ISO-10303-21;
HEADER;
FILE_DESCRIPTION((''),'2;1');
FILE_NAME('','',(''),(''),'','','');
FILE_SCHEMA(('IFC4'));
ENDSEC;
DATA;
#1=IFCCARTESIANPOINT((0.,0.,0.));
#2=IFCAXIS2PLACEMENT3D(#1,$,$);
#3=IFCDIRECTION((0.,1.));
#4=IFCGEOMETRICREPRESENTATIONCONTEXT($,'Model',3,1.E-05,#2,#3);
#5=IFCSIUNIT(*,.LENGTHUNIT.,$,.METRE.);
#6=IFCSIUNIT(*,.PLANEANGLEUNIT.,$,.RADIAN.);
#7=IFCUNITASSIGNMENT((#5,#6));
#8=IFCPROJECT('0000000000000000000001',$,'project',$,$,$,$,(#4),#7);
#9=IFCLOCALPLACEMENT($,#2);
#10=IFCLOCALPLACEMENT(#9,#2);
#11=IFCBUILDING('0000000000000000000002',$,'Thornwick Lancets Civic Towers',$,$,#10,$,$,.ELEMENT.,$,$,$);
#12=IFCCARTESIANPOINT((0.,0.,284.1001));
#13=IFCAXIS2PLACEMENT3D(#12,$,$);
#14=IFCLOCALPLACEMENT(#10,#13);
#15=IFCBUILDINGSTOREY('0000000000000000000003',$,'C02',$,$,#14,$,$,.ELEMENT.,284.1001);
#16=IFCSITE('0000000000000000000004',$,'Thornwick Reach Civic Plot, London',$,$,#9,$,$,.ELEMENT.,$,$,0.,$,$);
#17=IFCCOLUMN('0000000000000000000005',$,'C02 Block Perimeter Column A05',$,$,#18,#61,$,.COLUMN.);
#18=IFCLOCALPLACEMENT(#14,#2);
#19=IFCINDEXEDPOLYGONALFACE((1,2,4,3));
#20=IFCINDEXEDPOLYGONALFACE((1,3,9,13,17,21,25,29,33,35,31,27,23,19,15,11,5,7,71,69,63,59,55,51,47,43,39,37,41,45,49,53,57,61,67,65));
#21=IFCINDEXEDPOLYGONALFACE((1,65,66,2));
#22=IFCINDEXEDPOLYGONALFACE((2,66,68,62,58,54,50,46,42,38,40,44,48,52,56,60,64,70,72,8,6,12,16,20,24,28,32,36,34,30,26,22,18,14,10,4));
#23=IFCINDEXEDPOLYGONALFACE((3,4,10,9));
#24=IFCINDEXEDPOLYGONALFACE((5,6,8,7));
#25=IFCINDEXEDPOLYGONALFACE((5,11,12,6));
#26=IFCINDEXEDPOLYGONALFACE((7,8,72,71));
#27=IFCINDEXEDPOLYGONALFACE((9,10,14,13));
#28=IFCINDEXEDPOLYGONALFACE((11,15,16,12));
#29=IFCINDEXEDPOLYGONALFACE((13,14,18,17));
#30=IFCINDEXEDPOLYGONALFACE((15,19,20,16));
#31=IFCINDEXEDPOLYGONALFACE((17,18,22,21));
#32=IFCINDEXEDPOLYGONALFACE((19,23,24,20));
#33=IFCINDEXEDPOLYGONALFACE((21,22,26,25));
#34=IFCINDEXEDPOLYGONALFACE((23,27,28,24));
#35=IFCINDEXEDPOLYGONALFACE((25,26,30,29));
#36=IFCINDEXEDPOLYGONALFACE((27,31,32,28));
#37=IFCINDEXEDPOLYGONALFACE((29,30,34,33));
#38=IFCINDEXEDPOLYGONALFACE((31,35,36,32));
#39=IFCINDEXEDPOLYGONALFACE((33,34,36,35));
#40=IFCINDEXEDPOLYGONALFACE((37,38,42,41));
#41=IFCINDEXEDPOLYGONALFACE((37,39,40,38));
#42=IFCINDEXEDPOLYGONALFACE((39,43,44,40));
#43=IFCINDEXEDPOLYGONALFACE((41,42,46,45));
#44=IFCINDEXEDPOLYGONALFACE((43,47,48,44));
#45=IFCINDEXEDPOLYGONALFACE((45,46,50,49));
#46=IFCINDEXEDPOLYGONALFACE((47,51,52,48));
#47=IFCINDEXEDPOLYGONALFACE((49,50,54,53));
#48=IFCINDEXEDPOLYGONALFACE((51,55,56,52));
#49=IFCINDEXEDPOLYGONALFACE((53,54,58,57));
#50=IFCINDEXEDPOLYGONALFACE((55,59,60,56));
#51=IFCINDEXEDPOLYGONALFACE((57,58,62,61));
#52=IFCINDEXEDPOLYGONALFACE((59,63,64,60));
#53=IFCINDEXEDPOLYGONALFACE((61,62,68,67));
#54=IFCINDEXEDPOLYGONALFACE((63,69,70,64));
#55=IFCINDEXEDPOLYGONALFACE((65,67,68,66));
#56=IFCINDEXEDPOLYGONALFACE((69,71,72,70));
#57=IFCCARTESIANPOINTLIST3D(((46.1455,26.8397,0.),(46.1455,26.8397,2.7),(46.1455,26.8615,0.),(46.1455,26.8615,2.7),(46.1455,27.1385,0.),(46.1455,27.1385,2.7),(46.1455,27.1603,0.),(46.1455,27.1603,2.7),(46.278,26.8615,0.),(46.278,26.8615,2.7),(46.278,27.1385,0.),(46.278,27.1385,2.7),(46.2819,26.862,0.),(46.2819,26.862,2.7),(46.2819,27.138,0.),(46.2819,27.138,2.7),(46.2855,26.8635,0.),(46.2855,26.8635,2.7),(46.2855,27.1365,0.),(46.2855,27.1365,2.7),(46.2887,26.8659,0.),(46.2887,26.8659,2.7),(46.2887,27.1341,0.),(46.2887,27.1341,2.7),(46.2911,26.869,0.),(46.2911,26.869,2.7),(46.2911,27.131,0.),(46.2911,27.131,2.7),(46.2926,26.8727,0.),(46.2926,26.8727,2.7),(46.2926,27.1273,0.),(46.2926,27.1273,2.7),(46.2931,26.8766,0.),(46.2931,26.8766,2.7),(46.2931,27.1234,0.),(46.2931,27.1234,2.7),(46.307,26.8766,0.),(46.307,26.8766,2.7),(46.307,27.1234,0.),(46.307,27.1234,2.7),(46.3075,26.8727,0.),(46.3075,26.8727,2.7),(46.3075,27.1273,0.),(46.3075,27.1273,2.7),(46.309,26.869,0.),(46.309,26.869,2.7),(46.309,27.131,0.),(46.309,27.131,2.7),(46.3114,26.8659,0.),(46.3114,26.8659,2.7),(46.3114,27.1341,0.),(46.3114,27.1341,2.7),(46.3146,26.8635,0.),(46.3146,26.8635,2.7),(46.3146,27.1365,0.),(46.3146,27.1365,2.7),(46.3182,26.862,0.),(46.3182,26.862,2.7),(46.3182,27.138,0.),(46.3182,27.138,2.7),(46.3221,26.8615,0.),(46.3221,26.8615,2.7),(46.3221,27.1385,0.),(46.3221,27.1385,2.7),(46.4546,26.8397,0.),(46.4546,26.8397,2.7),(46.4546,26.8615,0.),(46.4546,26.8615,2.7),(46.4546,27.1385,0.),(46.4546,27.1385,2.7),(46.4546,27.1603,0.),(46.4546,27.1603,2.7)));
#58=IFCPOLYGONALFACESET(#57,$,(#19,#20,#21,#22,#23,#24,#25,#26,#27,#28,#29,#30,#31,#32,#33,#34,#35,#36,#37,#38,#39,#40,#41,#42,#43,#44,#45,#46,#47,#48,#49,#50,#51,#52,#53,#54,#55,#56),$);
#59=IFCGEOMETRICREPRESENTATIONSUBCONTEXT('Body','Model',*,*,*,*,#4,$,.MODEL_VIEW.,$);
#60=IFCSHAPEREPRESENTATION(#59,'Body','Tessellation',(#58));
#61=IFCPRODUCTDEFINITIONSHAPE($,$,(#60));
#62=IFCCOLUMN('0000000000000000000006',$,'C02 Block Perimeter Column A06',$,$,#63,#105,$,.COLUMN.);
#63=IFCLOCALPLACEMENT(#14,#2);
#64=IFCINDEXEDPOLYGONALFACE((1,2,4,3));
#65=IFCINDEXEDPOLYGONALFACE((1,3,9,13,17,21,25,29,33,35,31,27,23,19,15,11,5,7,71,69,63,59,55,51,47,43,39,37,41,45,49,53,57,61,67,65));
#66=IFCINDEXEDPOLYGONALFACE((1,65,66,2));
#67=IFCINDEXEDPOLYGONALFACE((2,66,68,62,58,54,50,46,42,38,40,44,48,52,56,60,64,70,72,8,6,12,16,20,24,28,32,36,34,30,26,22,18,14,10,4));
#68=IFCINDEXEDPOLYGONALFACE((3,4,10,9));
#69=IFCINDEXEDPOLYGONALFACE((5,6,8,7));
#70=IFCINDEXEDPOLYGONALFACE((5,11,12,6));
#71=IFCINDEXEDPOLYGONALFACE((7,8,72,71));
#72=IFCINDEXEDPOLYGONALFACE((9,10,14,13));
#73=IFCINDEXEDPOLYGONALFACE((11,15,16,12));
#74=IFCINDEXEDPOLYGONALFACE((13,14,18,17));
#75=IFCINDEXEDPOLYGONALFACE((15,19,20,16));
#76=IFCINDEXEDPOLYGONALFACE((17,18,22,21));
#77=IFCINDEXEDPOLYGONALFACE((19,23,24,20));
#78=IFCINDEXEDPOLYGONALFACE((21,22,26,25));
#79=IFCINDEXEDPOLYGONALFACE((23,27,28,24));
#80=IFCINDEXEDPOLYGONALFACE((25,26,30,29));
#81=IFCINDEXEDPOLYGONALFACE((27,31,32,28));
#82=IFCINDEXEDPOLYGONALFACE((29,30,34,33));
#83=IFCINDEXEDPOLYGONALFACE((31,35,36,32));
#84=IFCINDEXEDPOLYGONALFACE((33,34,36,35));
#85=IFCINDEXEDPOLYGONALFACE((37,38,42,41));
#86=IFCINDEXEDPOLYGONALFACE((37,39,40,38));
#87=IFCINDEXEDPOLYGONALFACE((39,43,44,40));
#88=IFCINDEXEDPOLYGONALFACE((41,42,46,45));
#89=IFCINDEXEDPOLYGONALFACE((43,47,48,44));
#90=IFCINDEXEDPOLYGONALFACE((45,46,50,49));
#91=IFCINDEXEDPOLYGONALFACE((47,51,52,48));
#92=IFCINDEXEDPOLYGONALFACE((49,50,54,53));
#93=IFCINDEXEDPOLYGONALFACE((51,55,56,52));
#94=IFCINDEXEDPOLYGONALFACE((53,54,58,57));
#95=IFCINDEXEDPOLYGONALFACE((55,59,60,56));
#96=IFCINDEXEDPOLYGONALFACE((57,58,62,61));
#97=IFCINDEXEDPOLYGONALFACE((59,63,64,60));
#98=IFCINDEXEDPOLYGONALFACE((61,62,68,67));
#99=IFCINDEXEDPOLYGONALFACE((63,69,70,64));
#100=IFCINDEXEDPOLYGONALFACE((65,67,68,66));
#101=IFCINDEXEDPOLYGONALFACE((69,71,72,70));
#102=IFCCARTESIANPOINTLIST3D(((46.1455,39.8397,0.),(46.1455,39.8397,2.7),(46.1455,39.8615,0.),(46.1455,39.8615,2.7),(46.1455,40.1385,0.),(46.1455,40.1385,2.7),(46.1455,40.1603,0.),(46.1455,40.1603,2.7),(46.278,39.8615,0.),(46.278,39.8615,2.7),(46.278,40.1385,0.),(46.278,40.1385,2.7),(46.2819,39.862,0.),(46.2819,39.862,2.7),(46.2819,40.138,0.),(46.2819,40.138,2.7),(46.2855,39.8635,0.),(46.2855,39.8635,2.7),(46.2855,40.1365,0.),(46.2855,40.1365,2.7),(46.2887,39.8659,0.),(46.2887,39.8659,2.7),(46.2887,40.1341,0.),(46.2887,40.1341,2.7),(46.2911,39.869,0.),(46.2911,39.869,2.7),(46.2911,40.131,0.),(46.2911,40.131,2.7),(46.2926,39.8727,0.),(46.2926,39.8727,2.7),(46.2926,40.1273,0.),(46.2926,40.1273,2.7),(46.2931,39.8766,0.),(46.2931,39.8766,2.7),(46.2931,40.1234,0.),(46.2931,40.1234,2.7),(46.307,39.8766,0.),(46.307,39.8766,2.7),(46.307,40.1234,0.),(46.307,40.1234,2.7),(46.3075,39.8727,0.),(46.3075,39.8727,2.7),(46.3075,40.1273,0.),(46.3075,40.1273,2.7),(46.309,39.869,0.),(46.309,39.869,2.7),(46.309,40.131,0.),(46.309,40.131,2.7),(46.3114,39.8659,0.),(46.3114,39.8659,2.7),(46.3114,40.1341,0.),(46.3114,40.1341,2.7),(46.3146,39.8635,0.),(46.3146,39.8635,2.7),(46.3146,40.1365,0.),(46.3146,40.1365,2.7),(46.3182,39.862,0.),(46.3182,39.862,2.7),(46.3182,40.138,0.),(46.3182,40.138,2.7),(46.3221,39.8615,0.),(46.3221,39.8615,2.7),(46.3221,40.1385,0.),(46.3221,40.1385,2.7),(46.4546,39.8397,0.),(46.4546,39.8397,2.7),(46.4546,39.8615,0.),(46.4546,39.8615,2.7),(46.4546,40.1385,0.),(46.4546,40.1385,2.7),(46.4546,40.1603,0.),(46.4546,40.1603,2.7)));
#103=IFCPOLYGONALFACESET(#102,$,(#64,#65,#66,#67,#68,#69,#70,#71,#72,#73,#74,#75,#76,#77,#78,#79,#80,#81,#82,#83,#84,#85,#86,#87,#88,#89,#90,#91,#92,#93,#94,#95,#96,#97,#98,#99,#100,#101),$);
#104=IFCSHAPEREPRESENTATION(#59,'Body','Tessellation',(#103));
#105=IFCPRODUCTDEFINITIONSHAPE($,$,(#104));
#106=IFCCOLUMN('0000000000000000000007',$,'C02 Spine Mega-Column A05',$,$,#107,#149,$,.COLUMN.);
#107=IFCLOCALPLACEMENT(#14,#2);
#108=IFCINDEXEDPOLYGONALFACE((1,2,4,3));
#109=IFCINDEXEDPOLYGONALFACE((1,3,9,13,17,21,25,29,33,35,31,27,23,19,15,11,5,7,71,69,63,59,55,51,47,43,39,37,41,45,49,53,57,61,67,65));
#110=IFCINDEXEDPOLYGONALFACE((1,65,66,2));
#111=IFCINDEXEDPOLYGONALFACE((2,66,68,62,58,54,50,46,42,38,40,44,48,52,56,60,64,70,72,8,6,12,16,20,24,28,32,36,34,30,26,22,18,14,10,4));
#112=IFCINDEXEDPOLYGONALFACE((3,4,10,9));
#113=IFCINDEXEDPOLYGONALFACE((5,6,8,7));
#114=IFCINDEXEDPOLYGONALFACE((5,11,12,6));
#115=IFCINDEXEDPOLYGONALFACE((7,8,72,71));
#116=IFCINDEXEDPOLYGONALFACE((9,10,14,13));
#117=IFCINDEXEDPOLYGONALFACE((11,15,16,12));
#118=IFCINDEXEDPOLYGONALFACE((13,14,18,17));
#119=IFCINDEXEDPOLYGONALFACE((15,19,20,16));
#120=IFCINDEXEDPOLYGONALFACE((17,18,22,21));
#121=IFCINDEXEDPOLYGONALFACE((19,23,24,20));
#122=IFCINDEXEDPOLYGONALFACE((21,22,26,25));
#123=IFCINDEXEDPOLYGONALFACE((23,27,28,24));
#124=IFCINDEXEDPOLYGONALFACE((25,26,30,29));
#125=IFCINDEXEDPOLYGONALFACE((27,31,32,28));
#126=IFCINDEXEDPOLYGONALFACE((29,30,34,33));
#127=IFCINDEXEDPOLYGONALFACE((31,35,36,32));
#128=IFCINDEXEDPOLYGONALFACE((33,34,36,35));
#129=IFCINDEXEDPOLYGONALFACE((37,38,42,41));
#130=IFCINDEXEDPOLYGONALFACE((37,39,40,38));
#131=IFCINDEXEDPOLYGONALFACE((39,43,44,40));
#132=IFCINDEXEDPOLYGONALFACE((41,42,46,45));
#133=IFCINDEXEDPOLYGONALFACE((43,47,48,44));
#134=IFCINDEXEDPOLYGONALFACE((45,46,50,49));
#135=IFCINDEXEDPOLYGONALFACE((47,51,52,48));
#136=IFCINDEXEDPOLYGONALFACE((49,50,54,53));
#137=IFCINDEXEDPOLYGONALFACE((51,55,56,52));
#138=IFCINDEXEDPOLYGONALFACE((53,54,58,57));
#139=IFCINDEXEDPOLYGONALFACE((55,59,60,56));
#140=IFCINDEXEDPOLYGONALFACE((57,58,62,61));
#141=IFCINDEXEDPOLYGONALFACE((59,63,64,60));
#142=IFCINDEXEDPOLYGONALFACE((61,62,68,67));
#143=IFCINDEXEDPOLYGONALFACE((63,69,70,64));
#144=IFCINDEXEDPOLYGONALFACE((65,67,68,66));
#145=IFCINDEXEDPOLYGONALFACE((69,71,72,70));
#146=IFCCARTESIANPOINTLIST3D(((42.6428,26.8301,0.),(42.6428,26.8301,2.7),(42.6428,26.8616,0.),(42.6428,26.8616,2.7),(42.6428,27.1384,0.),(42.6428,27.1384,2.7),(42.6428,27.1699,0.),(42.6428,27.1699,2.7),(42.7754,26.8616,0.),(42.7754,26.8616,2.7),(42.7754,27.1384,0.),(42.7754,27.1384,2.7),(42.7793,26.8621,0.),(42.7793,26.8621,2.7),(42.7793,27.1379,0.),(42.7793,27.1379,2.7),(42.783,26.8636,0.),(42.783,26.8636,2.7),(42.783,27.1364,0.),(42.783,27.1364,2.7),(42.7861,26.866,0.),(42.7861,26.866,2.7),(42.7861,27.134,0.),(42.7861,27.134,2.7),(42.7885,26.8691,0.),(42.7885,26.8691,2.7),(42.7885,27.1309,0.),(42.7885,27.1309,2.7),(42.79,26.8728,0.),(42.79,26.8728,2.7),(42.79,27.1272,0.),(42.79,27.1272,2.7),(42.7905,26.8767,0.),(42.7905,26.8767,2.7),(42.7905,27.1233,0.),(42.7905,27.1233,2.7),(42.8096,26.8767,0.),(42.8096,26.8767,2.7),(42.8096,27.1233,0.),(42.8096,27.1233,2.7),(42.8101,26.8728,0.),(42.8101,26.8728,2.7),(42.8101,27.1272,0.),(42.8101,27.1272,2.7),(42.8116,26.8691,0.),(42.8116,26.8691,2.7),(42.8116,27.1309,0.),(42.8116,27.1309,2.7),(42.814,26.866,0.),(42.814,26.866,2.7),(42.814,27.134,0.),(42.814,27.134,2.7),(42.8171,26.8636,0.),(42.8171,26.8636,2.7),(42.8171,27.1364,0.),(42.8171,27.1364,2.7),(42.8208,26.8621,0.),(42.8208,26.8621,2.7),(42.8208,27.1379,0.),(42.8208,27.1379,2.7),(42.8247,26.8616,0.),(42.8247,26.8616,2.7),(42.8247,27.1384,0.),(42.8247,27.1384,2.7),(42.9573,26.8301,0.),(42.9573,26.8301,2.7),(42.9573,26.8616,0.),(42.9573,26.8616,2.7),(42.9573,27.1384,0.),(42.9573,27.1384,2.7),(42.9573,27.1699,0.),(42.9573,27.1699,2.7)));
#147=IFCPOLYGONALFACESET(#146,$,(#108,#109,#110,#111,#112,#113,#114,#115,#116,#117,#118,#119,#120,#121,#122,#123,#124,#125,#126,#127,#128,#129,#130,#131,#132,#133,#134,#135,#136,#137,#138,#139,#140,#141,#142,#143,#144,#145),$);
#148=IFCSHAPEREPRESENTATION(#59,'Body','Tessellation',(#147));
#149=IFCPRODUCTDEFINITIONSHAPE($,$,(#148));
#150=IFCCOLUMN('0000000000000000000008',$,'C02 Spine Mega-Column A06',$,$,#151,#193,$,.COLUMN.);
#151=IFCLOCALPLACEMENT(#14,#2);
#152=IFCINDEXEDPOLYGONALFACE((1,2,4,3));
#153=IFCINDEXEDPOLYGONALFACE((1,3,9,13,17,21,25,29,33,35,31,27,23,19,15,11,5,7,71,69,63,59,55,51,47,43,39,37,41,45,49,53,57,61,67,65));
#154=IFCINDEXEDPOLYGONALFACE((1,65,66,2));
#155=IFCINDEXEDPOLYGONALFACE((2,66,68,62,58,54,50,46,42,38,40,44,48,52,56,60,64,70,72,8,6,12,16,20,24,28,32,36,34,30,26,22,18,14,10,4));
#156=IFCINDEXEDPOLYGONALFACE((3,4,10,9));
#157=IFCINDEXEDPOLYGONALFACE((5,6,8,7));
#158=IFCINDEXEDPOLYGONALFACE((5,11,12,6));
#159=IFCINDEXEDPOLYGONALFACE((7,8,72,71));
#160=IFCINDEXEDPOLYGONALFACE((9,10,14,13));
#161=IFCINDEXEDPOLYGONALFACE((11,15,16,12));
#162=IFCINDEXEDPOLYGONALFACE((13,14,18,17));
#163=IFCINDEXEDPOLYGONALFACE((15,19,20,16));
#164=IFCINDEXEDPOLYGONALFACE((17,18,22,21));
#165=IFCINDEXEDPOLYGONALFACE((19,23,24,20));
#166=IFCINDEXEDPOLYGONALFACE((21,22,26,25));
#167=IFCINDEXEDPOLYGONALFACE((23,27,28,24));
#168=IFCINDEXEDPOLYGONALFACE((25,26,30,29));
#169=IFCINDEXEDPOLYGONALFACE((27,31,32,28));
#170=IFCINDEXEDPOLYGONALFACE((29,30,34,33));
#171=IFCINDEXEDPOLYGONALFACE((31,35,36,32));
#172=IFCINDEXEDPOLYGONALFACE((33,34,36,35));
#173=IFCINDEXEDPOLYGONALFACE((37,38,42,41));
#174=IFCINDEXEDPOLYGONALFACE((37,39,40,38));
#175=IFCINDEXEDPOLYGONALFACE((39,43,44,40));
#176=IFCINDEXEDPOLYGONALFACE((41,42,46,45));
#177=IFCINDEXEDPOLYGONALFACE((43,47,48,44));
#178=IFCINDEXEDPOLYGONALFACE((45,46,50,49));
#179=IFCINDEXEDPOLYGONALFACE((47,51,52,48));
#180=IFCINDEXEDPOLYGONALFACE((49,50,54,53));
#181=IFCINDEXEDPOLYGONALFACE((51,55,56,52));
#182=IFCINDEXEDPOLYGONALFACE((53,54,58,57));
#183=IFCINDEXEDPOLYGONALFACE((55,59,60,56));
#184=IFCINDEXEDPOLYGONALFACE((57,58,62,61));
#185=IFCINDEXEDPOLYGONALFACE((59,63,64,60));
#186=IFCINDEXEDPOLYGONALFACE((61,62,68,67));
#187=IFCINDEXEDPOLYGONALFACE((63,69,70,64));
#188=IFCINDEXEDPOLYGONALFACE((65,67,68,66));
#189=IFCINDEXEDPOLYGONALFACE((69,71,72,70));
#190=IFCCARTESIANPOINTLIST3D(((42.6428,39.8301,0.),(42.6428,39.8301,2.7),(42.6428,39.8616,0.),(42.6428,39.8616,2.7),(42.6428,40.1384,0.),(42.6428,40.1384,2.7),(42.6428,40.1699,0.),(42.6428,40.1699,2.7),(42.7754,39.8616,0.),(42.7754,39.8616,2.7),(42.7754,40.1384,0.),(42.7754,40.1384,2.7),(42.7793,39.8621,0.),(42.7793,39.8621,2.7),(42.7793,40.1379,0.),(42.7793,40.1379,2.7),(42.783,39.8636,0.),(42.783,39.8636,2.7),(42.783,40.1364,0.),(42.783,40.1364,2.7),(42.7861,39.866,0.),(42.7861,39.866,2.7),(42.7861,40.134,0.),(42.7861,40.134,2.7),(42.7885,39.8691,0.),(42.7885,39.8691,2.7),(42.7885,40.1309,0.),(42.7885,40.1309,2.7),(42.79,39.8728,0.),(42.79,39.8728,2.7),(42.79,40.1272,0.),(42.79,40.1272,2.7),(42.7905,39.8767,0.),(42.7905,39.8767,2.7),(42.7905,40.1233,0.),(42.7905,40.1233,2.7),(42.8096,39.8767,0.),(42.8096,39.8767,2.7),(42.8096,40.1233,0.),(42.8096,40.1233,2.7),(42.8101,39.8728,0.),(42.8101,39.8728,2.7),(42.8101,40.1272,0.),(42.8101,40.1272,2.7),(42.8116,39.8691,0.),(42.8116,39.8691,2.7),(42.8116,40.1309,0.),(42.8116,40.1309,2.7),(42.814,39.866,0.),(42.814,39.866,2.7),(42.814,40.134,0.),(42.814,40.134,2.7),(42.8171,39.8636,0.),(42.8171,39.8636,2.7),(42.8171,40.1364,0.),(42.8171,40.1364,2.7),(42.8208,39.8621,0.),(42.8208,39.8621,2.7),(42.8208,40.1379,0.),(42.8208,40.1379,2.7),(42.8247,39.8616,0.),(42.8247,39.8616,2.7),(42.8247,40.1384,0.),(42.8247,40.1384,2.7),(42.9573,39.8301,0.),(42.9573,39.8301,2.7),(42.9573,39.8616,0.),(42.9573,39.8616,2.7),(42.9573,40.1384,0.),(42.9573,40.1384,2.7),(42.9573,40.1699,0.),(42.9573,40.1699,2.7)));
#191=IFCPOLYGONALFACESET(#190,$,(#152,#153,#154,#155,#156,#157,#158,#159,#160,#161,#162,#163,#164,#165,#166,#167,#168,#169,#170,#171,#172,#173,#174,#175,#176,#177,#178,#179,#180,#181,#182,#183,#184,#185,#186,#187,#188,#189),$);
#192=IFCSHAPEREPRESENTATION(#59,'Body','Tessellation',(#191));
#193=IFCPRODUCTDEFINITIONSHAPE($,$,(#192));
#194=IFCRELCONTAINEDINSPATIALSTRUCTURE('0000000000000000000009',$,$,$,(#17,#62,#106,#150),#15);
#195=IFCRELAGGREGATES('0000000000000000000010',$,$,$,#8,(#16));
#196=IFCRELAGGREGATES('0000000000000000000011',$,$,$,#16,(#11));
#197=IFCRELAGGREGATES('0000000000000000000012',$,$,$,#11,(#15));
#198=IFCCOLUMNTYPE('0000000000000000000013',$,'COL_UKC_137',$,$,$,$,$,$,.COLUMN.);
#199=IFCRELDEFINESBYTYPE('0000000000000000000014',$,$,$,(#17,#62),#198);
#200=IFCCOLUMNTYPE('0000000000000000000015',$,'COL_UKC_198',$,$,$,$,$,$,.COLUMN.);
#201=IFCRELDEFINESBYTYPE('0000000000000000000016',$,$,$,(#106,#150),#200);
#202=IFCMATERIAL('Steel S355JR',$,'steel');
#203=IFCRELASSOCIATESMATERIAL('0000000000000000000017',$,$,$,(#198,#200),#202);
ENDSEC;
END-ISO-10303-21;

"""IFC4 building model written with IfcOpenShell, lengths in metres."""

from ifc_helpers import new_model, si_unit, direction, frame, origin, origin_2d, place, context, subcontext, project, spatial, i_section, extrude, material, material_profile, profile_set, type_object, element, save


model = new_model("IFC4")

# Units and contexts
model_context = context("Model", 3, precision=1e-05, world=origin(), true_north=direction((0.0, 1.0)))
body_context = subcontext(model_context, "Body", "Model", "MODEL_VIEW")
ifc_project = project(units=[si_unit("LENGTHUNIT", "METRE"), si_unit("PLANEANGLEUNIT", "RADIAN")], contexts=[model_context])

# Site, building, storey
site_placement = place(None, origin())
site = spatial("IfcSite", under=ifc_project, at=site_placement, Name="Thornwick Reach Civic Plot, London", CompositionType="ELEMENT", RefElevation=0.0)
building_placement = place(site_placement, origin())
building = spatial("IfcBuilding", under=site, at=building_placement, Name="Thornwick Lancets Civic Towers", CompositionType="ELEMENT")
storey_placement = place(building_placement, frame((0.0, 0.0, 284.1001)))
storey = spatial("IfcBuildingStorey", under=building, at=storey_placement, Name="C02", CompositionType="ELEMENT", Elevation=284.1001)

# Columns
ifc_material_1 = material(Name="Steel S355JR", Category="steel")
ifc_material_profile_1 = material_profile(ifc_material_1, i_section(OverallWidth=0.3091, OverallDepth=0.3206, WebThickness=0.0139, FlangeThickness=0.0217, FilletRadius=0.0151, at=origin_2d()), Name="UKC 305x305x137")
ifc_profile_set_1 = profile_set([ifc_material_profile_1], Name="Steel S355JR")
column_type_1 = type_object("IfcColumnType", Name="COL_UKC_137", PredefinedType="COLUMN", material=ifc_profile_set_1)
for number, where, z_axis, x_axis, name in (
    (1, (46.3, 27.0, 0.0), (0.0, 0.0, 1.0), (1.0, 0.0, 0.0), "C02 Block Perimeter Column A05"),
    (2, (46.3, 40.0, 0.0), (0.0, 0.0, 1.0), (1.0, 0.0, 0.0), "C02 Block Perimeter Column A06"),
):
    element("IfcColumn", number, at=place(storey_placement, frame(where, z_axis=z_axis, x_axis=x_axis)), inside=storey, type_object=column_type_1, Name=name, PredefinedType="COLUMN", context=body_context, shape_type="SweptSolid", body=[
        extrude(i_section(OverallWidth=0.3091, OverallDepth=0.3206, WebThickness=0.0139, FlangeThickness=0.0217, FilletRadius=0.0151, at=origin_2d()), origin(), (0.0, 0.0, 1.0), 2.7),
    ])
ifc_material_profile_2 = material_profile(ifc_material_1, i_section(OverallWidth=0.3145, OverallDepth=0.3398, WebThickness=0.019, FlangeThickness=0.0315, FilletRadius=0.0151, at=origin_2d()), Name="UKC 305x305x198")
ifc_profile_set_2 = profile_set([ifc_material_profile_2], Name="Steel S355JR")
column_type_2 = type_object("IfcColumnType", Name="COL_UKC_198", PredefinedType="COLUMN", material=ifc_profile_set_2)
for number, where, z_axis, x_axis, name in (
    (3, (42.8, 27.0, 0.0), (0.0, 0.0, 1.0), (1.0, 0.0, 0.0), "C02 Spine Mega-Column A05"),
    (4, (42.8, 40.0, 0.0), (0.0, 0.0, 1.0), (1.0, 0.0, 0.0), "C02 Spine Mega-Column A06"),
):
    element("IfcColumn", number, at=place(storey_placement, frame(where, z_axis=z_axis, x_axis=x_axis)), inside=storey, type_object=column_type_2, Name=name, PredefinedType="COLUMN", context=body_context, shape_type="SweptSolid", body=[
        extrude(i_section(OverallWidth=0.3145, OverallDepth=0.3398, WebThickness=0.019, FlangeThickness=0.0315, FilletRadius=0.0151, at=origin_2d()), origin(), (0.0, 0.0, 1.0), 2.7),
    ])

save(model, "model.ifc")
